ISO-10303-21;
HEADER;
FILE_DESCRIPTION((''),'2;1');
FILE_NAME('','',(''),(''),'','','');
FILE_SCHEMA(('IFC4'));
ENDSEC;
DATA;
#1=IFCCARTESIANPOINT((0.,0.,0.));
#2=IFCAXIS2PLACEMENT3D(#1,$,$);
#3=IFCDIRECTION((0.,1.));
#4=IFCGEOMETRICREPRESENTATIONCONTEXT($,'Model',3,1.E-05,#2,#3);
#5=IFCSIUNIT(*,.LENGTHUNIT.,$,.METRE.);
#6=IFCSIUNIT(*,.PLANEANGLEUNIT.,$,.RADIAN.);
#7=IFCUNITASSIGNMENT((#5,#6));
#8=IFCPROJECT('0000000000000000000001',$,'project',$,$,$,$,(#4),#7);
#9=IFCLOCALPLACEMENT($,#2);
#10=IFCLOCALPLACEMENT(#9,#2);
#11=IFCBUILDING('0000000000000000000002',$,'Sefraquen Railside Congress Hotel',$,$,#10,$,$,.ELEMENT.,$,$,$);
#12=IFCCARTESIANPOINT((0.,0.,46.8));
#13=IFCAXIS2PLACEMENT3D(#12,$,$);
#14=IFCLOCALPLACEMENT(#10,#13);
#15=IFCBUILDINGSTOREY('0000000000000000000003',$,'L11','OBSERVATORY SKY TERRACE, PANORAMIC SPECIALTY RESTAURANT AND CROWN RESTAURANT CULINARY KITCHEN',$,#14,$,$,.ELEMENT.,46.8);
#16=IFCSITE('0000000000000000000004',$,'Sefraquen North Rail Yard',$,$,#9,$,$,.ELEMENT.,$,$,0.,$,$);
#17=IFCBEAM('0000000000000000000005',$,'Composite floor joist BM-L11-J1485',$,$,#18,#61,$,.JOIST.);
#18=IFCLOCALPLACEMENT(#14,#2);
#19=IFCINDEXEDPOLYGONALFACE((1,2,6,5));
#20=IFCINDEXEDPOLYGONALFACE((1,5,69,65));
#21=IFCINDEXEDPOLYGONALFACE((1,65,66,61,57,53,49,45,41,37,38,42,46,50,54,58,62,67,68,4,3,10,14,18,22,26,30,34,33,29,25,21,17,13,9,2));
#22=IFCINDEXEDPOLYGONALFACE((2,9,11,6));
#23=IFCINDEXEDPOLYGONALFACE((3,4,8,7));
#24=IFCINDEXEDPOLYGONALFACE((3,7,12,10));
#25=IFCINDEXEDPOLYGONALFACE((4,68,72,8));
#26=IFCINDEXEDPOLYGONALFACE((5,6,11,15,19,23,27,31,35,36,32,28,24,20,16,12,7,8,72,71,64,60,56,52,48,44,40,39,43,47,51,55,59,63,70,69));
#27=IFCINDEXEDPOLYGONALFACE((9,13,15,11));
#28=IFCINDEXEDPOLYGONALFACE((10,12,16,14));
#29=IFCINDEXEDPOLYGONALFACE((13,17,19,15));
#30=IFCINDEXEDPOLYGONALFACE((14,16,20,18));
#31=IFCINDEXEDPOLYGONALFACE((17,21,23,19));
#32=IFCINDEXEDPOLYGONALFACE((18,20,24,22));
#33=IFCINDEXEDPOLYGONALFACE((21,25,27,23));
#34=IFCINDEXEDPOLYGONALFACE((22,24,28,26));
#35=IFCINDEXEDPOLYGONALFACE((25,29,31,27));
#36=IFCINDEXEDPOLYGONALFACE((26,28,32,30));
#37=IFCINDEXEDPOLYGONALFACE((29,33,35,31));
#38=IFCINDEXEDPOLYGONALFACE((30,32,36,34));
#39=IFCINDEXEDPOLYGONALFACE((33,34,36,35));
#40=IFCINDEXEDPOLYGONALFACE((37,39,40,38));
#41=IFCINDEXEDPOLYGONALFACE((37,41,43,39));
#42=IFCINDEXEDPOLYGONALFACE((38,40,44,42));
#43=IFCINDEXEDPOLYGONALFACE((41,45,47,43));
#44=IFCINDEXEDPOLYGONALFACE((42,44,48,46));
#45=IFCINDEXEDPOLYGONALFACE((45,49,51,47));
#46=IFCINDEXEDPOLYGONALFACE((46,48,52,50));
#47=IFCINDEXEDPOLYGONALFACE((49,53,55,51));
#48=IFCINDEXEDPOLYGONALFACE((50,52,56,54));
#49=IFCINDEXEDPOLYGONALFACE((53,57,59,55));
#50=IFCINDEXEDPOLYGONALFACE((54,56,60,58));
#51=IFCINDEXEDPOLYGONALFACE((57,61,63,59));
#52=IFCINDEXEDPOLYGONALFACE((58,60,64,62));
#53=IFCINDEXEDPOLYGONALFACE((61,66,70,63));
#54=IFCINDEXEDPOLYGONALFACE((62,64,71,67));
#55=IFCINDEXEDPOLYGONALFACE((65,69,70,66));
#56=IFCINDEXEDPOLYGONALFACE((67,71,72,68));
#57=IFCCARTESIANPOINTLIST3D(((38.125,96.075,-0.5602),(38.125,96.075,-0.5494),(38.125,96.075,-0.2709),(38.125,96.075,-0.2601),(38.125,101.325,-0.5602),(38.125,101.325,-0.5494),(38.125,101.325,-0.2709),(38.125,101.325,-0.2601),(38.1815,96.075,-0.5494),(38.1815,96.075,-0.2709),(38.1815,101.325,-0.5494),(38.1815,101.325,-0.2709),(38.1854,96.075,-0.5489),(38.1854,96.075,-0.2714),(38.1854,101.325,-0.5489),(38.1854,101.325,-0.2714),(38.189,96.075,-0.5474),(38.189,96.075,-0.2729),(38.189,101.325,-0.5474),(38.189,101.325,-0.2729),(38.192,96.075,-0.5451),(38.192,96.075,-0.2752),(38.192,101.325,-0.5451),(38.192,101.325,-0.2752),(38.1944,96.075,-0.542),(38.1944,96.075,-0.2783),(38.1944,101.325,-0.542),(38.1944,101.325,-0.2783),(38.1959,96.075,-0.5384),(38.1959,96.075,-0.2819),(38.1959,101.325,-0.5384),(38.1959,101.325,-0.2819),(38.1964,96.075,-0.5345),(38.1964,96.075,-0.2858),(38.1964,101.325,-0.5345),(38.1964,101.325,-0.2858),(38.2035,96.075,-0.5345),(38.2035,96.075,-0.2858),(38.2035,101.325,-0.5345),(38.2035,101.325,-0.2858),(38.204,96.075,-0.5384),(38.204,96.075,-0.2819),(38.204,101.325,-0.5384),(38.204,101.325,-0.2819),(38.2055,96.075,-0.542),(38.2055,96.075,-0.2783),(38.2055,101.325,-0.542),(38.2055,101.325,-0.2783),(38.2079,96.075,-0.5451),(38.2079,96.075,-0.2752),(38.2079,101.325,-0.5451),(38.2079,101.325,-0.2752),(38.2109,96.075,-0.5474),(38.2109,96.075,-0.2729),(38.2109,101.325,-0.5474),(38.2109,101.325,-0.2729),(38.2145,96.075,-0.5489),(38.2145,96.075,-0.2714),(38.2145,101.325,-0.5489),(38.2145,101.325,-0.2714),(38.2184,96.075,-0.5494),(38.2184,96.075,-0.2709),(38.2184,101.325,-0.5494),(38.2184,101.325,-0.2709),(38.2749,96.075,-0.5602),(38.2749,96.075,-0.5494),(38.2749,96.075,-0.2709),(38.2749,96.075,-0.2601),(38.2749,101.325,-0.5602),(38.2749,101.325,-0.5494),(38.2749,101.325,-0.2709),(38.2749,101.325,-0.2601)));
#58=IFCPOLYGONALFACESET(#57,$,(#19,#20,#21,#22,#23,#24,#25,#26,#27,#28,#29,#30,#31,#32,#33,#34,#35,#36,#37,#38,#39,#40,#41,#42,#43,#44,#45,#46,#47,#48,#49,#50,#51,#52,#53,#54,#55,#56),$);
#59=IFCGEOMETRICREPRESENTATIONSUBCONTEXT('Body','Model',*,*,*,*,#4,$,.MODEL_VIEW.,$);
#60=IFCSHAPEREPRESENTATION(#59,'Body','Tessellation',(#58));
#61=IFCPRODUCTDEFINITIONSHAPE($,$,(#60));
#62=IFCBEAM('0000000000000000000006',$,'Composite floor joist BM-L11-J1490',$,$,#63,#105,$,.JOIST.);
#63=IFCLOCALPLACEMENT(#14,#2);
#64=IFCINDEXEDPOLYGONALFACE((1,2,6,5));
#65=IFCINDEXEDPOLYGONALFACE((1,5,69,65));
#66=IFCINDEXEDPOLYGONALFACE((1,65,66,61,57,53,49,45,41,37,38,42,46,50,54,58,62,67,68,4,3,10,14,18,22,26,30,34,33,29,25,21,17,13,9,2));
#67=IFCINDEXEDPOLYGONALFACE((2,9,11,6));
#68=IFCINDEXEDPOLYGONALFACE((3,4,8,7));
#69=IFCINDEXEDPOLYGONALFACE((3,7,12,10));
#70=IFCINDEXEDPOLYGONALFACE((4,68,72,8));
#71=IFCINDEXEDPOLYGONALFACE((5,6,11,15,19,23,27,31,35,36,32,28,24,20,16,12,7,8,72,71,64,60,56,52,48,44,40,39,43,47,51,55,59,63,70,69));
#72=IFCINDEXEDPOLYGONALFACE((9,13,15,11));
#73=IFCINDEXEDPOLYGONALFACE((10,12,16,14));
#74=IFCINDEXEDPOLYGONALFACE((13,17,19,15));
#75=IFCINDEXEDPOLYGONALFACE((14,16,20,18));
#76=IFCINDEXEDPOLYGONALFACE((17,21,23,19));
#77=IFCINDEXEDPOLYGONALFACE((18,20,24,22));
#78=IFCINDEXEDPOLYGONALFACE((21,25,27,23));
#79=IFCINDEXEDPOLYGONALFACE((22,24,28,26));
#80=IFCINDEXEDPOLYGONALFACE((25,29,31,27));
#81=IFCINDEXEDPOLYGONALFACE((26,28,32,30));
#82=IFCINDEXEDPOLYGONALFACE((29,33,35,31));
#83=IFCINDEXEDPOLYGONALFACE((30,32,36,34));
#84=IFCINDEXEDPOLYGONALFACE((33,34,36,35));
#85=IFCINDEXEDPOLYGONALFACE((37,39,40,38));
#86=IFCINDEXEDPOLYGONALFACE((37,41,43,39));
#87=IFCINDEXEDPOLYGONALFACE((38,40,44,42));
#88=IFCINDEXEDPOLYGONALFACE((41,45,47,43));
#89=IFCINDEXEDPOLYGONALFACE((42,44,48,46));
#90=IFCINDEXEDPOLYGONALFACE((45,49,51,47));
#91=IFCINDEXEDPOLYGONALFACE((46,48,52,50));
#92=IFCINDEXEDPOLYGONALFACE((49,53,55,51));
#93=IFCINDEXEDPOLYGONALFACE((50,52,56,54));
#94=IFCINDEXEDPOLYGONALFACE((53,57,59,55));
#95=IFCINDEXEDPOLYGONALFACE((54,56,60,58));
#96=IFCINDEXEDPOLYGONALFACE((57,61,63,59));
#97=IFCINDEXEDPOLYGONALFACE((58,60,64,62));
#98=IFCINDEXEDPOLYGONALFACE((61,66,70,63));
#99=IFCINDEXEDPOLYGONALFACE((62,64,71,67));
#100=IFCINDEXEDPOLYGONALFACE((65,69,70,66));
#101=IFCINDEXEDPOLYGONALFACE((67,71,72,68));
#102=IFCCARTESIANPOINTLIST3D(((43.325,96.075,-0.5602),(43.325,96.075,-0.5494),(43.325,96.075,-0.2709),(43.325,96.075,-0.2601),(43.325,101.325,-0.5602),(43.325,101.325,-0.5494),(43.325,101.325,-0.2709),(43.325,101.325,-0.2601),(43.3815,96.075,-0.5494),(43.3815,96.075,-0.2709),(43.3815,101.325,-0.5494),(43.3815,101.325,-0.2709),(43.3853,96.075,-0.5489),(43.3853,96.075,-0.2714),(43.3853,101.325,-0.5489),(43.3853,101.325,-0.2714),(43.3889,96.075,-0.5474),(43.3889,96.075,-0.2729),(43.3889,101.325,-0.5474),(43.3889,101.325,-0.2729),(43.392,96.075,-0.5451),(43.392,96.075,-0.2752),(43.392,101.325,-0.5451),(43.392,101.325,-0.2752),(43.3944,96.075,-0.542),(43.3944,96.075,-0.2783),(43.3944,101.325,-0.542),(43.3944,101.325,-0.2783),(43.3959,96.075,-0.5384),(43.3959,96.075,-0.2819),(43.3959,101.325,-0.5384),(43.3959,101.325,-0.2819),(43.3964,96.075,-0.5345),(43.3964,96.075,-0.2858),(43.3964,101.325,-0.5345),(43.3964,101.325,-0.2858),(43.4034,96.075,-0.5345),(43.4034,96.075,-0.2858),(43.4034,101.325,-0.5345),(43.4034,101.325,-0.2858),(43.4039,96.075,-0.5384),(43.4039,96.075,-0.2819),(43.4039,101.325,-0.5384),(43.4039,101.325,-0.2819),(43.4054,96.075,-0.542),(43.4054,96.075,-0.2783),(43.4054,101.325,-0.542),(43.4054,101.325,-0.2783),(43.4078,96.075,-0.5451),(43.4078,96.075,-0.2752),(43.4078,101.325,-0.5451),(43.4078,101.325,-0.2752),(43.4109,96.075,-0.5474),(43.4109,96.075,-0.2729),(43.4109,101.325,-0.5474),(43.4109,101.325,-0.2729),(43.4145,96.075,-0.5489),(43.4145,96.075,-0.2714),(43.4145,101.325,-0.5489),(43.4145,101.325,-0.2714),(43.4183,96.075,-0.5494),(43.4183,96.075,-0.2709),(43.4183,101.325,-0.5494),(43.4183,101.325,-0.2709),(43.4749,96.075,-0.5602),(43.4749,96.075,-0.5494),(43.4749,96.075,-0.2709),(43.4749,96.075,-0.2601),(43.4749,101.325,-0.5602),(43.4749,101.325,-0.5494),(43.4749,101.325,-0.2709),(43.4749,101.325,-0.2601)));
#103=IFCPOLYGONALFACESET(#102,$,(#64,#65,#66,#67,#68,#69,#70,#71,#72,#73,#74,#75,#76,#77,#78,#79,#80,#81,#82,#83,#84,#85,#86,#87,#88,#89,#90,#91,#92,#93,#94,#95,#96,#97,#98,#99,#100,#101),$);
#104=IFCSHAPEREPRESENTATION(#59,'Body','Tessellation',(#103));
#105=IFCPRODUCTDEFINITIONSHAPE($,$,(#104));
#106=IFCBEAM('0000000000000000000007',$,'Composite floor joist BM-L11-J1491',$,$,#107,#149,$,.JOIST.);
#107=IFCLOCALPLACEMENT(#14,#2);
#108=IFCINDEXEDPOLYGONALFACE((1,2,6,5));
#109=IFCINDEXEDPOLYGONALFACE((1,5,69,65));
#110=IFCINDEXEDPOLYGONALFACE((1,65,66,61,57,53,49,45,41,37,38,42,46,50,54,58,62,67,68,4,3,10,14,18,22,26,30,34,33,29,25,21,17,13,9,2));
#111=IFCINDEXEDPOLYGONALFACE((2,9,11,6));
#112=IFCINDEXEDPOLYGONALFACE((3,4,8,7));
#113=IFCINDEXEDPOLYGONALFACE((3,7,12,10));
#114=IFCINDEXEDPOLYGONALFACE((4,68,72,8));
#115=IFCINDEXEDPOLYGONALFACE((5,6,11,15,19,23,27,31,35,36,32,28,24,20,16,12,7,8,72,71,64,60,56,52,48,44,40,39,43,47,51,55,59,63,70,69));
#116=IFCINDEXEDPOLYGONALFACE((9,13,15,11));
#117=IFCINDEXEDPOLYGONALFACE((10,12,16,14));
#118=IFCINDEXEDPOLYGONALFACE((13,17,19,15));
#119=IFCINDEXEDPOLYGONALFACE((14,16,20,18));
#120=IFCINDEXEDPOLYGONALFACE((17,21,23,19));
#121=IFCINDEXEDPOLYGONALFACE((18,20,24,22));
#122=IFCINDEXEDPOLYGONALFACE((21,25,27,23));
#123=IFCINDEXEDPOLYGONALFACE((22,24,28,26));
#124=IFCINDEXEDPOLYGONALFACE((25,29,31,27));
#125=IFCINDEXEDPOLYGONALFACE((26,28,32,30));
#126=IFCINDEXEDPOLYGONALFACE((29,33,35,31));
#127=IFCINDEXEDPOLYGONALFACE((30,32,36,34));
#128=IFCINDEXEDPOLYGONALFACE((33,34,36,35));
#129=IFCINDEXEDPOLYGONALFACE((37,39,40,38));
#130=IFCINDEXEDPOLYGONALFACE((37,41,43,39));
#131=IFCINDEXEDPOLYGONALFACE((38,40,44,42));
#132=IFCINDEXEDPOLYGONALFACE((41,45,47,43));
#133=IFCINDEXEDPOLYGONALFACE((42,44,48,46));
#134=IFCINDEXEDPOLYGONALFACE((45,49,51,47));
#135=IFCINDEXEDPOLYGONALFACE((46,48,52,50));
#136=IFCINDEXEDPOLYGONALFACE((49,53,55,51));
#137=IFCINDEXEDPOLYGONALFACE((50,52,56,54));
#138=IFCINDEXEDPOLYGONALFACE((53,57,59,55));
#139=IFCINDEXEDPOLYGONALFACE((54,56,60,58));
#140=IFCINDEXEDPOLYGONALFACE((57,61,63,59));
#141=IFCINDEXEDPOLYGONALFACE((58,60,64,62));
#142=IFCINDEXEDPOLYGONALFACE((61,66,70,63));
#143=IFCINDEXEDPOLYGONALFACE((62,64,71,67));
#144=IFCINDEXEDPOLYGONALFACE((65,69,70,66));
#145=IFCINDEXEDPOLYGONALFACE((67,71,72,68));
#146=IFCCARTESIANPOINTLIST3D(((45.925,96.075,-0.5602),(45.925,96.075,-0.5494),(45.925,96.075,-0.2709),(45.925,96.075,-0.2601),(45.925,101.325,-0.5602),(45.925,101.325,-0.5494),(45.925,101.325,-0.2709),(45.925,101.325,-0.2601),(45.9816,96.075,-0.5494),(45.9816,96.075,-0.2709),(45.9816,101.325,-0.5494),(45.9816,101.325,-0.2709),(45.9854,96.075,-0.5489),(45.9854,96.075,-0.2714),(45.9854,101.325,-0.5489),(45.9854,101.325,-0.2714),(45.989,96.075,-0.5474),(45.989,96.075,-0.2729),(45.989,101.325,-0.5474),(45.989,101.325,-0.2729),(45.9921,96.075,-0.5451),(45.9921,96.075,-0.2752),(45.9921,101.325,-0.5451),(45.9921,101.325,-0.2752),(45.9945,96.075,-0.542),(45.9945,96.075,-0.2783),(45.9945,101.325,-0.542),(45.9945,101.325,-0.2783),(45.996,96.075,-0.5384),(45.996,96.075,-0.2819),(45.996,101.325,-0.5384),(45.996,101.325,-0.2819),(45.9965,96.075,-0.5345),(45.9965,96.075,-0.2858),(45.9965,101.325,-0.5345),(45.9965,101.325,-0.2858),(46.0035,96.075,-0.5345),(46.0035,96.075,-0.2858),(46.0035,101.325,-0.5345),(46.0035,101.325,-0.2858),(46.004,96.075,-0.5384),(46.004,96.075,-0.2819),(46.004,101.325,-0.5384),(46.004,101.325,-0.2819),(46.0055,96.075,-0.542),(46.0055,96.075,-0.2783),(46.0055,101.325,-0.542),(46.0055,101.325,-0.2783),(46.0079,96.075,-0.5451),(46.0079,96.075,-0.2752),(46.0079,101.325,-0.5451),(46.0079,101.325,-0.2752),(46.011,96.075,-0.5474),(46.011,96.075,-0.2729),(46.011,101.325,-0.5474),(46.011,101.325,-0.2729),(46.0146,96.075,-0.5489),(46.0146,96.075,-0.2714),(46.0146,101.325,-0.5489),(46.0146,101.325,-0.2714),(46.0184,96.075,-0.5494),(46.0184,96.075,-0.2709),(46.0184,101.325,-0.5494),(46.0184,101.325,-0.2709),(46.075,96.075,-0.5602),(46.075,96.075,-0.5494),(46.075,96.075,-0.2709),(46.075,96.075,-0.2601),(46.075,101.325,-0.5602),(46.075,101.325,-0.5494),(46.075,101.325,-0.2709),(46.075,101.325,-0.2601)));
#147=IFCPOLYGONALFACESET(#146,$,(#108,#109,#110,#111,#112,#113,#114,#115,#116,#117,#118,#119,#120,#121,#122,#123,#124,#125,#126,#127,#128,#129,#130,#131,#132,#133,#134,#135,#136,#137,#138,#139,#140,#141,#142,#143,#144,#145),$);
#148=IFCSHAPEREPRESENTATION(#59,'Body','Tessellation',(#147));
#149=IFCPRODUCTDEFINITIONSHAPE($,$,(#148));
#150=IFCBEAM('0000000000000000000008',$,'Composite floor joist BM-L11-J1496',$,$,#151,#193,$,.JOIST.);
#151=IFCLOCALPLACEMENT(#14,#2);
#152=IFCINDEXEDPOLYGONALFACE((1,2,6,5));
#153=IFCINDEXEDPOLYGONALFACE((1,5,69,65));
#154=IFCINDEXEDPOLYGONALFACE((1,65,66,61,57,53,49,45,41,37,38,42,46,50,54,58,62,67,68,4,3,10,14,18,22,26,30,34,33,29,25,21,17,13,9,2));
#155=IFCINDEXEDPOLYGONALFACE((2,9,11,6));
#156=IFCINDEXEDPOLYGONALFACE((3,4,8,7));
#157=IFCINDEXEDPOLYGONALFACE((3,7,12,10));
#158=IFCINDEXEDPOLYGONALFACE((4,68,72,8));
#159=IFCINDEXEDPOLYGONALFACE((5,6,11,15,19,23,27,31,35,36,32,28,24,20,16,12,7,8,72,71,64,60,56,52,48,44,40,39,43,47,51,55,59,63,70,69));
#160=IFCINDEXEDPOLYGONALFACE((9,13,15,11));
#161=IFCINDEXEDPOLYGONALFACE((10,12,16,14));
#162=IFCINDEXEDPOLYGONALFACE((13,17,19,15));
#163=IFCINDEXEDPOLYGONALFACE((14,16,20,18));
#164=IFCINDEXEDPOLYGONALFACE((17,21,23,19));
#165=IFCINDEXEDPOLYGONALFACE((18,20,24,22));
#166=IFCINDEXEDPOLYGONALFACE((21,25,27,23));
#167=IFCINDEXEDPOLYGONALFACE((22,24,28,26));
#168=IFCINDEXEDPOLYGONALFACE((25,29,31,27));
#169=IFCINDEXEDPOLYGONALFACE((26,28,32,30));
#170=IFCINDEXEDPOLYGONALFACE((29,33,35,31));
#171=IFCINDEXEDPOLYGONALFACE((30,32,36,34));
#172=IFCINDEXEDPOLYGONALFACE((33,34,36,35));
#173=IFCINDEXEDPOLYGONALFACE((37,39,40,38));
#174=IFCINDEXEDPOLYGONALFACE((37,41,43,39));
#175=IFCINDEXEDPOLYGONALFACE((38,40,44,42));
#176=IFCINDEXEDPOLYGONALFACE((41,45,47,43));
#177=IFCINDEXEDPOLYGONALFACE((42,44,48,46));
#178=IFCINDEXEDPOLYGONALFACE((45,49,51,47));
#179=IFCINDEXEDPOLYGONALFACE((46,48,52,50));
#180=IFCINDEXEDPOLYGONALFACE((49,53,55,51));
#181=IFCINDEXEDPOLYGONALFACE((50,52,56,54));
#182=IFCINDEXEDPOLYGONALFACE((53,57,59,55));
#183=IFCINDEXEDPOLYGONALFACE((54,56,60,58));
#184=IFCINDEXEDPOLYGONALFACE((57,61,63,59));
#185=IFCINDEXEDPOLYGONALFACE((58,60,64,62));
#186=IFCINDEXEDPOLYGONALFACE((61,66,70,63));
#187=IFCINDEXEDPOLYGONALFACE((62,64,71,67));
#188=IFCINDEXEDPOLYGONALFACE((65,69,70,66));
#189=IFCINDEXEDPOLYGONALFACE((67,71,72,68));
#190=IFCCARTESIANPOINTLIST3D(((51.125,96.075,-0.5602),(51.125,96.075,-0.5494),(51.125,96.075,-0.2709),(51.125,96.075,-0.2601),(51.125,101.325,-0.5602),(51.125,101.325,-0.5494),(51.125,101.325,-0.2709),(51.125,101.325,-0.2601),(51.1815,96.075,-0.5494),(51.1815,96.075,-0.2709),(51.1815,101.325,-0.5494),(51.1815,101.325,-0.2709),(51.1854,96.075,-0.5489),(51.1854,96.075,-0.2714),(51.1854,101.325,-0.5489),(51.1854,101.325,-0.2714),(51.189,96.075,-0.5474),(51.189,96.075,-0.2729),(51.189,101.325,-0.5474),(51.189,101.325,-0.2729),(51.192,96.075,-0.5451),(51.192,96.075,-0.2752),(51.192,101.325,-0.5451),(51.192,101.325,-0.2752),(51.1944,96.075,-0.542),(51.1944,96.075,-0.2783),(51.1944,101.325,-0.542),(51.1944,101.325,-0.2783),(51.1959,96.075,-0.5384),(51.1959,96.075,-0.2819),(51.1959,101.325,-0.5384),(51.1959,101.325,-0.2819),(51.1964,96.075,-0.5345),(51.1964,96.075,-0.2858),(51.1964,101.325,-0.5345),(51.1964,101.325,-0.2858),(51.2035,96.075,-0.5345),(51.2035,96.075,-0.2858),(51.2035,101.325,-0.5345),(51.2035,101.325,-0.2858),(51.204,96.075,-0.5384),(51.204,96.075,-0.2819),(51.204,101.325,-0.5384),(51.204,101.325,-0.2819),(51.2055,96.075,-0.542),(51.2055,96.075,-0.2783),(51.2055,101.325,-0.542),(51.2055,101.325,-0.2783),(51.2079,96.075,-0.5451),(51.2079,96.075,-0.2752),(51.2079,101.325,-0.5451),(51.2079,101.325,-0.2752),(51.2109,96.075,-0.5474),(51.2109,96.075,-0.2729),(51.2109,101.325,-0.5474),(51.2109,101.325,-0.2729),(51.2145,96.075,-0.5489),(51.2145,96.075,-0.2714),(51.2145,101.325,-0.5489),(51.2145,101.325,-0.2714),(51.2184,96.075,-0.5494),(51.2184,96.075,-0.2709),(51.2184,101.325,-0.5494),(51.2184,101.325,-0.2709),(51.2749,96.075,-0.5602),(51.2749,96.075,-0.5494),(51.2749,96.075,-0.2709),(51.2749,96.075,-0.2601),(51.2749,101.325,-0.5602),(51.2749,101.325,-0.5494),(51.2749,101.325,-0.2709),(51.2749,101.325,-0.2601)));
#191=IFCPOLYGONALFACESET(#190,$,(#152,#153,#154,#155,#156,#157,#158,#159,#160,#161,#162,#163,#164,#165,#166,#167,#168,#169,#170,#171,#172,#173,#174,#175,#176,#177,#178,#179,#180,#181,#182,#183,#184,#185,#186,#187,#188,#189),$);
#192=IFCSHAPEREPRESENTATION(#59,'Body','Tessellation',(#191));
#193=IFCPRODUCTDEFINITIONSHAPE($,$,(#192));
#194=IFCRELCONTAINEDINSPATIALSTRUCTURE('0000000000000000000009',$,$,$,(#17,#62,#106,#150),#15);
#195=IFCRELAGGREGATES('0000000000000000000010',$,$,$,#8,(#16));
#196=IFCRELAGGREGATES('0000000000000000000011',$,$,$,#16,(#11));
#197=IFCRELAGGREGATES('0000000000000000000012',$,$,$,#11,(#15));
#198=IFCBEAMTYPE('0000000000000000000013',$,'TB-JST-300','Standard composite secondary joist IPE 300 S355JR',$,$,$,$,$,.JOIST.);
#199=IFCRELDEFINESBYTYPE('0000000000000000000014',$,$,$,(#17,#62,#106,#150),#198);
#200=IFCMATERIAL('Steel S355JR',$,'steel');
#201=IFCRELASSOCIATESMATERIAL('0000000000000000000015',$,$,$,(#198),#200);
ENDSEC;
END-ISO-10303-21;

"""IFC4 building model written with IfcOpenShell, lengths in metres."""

from ifc_helpers import new_model, si_unit, direction, frame, origin, origin_2d, place, context, subcontext, project, spatial, i_section, extrude, material, material_profile, profile_set, type_object, element, save


model = new_model("IFC4")

# Units and contexts
model_context = context("Model", 3, precision=1e-05, world=origin(), true_north=direction((0.0, 1.0)))
body_context = subcontext(model_context, "Body", "Model", "MODEL_VIEW")
ifc_project = project(units=[si_unit("LENGTHUNIT", "METRE"), si_unit("PLANEANGLEUNIT", "RADIAN")], contexts=[model_context])

# Site, building, storey
site_placement = place(None, origin())
site = spatial("IfcSite", under=ifc_project, at=site_placement, Name="Sefraquen North Rail Yard", CompositionType="ELEMENT", RefElevation=0.0)
building_placement = place(site_placement, origin())
building = spatial("IfcBuilding", under=site, at=building_placement, Name="Sefraquen Railside Congress Hotel", CompositionType="ELEMENT")
storey_placement = place(building_placement, frame((0.0, 0.0, 46.8)))
storey = spatial("IfcBuildingStorey", under=building, at=storey_placement, Name="L11", Description="OBSERVATORY SKY TERRACE, PANORAMIC SPECIALTY RESTAURANT AND CROWN RESTAURANT CULINARY KITCHEN", CompositionType="ELEMENT", Elevation=46.8)

# Shared definitions
ifc_material_1 = material(Name="Steel S355JR", Category="steel")

# Beams
ifc_material_profile_1 = material_profile(ifc_material_1, i_section(OverallWidth=0.1499, OverallDepth=0.3, WebThickness=0.0071, FlangeThickness=0.0107, FilletRadius=0.0149, at=origin_2d()), Name="IPE 300")
ifc_profile_set_1 = profile_set([ifc_material_profile_1], Name="Steel S355JR")
beam_type_1 = type_object("IfcBeamType", Name="TB-JST-300", Description="Standard composite secondary joist IPE 300 S355JR", PredefinedType="JOIST", material=ifc_profile_set_1)
for number, where, z_axis, x_axis, name in (
    (1, (38.2, 96.075, -0.4102), (0.0, 1.0, 0.0), (-1.0, 0.0, 0.0), "Composite floor joist BM-L11-J1485"),
    (2, (43.3999, 96.075, -0.4102), (0.0, 1.0, 0.0), (-1.0, 0.0, 0.0), "Composite floor joist BM-L11-J1490"),
    (3, (46.0, 96.075, -0.4102), (0.0, 1.0, 0.0), (-1.0, 0.0, 0.0), "Composite floor joist BM-L11-J1491"),
    (4, (51.2, 96.075, -0.4102), (0.0, 1.0, 0.0), (-1.0, 0.0, 0.0), "Composite floor joist BM-L11-J1496"),
):
    element("IfcBeam", number, at=place(storey_placement, frame(where, z_axis=z_axis, x_axis=x_axis)), inside=storey, type_object=beam_type_1, Name=name, PredefinedType="JOIST", context=body_context, shape_type="SweptSolid", body=[
        extrude(i_section(OverallWidth=0.1499, OverallDepth=0.3, WebThickness=0.0071, FlangeThickness=0.0107, FilletRadius=0.0149, at=origin_2d()), origin(), (0.0, 0.0, 1.0), 5.25),
    ])

save(model, "model.ifc")
